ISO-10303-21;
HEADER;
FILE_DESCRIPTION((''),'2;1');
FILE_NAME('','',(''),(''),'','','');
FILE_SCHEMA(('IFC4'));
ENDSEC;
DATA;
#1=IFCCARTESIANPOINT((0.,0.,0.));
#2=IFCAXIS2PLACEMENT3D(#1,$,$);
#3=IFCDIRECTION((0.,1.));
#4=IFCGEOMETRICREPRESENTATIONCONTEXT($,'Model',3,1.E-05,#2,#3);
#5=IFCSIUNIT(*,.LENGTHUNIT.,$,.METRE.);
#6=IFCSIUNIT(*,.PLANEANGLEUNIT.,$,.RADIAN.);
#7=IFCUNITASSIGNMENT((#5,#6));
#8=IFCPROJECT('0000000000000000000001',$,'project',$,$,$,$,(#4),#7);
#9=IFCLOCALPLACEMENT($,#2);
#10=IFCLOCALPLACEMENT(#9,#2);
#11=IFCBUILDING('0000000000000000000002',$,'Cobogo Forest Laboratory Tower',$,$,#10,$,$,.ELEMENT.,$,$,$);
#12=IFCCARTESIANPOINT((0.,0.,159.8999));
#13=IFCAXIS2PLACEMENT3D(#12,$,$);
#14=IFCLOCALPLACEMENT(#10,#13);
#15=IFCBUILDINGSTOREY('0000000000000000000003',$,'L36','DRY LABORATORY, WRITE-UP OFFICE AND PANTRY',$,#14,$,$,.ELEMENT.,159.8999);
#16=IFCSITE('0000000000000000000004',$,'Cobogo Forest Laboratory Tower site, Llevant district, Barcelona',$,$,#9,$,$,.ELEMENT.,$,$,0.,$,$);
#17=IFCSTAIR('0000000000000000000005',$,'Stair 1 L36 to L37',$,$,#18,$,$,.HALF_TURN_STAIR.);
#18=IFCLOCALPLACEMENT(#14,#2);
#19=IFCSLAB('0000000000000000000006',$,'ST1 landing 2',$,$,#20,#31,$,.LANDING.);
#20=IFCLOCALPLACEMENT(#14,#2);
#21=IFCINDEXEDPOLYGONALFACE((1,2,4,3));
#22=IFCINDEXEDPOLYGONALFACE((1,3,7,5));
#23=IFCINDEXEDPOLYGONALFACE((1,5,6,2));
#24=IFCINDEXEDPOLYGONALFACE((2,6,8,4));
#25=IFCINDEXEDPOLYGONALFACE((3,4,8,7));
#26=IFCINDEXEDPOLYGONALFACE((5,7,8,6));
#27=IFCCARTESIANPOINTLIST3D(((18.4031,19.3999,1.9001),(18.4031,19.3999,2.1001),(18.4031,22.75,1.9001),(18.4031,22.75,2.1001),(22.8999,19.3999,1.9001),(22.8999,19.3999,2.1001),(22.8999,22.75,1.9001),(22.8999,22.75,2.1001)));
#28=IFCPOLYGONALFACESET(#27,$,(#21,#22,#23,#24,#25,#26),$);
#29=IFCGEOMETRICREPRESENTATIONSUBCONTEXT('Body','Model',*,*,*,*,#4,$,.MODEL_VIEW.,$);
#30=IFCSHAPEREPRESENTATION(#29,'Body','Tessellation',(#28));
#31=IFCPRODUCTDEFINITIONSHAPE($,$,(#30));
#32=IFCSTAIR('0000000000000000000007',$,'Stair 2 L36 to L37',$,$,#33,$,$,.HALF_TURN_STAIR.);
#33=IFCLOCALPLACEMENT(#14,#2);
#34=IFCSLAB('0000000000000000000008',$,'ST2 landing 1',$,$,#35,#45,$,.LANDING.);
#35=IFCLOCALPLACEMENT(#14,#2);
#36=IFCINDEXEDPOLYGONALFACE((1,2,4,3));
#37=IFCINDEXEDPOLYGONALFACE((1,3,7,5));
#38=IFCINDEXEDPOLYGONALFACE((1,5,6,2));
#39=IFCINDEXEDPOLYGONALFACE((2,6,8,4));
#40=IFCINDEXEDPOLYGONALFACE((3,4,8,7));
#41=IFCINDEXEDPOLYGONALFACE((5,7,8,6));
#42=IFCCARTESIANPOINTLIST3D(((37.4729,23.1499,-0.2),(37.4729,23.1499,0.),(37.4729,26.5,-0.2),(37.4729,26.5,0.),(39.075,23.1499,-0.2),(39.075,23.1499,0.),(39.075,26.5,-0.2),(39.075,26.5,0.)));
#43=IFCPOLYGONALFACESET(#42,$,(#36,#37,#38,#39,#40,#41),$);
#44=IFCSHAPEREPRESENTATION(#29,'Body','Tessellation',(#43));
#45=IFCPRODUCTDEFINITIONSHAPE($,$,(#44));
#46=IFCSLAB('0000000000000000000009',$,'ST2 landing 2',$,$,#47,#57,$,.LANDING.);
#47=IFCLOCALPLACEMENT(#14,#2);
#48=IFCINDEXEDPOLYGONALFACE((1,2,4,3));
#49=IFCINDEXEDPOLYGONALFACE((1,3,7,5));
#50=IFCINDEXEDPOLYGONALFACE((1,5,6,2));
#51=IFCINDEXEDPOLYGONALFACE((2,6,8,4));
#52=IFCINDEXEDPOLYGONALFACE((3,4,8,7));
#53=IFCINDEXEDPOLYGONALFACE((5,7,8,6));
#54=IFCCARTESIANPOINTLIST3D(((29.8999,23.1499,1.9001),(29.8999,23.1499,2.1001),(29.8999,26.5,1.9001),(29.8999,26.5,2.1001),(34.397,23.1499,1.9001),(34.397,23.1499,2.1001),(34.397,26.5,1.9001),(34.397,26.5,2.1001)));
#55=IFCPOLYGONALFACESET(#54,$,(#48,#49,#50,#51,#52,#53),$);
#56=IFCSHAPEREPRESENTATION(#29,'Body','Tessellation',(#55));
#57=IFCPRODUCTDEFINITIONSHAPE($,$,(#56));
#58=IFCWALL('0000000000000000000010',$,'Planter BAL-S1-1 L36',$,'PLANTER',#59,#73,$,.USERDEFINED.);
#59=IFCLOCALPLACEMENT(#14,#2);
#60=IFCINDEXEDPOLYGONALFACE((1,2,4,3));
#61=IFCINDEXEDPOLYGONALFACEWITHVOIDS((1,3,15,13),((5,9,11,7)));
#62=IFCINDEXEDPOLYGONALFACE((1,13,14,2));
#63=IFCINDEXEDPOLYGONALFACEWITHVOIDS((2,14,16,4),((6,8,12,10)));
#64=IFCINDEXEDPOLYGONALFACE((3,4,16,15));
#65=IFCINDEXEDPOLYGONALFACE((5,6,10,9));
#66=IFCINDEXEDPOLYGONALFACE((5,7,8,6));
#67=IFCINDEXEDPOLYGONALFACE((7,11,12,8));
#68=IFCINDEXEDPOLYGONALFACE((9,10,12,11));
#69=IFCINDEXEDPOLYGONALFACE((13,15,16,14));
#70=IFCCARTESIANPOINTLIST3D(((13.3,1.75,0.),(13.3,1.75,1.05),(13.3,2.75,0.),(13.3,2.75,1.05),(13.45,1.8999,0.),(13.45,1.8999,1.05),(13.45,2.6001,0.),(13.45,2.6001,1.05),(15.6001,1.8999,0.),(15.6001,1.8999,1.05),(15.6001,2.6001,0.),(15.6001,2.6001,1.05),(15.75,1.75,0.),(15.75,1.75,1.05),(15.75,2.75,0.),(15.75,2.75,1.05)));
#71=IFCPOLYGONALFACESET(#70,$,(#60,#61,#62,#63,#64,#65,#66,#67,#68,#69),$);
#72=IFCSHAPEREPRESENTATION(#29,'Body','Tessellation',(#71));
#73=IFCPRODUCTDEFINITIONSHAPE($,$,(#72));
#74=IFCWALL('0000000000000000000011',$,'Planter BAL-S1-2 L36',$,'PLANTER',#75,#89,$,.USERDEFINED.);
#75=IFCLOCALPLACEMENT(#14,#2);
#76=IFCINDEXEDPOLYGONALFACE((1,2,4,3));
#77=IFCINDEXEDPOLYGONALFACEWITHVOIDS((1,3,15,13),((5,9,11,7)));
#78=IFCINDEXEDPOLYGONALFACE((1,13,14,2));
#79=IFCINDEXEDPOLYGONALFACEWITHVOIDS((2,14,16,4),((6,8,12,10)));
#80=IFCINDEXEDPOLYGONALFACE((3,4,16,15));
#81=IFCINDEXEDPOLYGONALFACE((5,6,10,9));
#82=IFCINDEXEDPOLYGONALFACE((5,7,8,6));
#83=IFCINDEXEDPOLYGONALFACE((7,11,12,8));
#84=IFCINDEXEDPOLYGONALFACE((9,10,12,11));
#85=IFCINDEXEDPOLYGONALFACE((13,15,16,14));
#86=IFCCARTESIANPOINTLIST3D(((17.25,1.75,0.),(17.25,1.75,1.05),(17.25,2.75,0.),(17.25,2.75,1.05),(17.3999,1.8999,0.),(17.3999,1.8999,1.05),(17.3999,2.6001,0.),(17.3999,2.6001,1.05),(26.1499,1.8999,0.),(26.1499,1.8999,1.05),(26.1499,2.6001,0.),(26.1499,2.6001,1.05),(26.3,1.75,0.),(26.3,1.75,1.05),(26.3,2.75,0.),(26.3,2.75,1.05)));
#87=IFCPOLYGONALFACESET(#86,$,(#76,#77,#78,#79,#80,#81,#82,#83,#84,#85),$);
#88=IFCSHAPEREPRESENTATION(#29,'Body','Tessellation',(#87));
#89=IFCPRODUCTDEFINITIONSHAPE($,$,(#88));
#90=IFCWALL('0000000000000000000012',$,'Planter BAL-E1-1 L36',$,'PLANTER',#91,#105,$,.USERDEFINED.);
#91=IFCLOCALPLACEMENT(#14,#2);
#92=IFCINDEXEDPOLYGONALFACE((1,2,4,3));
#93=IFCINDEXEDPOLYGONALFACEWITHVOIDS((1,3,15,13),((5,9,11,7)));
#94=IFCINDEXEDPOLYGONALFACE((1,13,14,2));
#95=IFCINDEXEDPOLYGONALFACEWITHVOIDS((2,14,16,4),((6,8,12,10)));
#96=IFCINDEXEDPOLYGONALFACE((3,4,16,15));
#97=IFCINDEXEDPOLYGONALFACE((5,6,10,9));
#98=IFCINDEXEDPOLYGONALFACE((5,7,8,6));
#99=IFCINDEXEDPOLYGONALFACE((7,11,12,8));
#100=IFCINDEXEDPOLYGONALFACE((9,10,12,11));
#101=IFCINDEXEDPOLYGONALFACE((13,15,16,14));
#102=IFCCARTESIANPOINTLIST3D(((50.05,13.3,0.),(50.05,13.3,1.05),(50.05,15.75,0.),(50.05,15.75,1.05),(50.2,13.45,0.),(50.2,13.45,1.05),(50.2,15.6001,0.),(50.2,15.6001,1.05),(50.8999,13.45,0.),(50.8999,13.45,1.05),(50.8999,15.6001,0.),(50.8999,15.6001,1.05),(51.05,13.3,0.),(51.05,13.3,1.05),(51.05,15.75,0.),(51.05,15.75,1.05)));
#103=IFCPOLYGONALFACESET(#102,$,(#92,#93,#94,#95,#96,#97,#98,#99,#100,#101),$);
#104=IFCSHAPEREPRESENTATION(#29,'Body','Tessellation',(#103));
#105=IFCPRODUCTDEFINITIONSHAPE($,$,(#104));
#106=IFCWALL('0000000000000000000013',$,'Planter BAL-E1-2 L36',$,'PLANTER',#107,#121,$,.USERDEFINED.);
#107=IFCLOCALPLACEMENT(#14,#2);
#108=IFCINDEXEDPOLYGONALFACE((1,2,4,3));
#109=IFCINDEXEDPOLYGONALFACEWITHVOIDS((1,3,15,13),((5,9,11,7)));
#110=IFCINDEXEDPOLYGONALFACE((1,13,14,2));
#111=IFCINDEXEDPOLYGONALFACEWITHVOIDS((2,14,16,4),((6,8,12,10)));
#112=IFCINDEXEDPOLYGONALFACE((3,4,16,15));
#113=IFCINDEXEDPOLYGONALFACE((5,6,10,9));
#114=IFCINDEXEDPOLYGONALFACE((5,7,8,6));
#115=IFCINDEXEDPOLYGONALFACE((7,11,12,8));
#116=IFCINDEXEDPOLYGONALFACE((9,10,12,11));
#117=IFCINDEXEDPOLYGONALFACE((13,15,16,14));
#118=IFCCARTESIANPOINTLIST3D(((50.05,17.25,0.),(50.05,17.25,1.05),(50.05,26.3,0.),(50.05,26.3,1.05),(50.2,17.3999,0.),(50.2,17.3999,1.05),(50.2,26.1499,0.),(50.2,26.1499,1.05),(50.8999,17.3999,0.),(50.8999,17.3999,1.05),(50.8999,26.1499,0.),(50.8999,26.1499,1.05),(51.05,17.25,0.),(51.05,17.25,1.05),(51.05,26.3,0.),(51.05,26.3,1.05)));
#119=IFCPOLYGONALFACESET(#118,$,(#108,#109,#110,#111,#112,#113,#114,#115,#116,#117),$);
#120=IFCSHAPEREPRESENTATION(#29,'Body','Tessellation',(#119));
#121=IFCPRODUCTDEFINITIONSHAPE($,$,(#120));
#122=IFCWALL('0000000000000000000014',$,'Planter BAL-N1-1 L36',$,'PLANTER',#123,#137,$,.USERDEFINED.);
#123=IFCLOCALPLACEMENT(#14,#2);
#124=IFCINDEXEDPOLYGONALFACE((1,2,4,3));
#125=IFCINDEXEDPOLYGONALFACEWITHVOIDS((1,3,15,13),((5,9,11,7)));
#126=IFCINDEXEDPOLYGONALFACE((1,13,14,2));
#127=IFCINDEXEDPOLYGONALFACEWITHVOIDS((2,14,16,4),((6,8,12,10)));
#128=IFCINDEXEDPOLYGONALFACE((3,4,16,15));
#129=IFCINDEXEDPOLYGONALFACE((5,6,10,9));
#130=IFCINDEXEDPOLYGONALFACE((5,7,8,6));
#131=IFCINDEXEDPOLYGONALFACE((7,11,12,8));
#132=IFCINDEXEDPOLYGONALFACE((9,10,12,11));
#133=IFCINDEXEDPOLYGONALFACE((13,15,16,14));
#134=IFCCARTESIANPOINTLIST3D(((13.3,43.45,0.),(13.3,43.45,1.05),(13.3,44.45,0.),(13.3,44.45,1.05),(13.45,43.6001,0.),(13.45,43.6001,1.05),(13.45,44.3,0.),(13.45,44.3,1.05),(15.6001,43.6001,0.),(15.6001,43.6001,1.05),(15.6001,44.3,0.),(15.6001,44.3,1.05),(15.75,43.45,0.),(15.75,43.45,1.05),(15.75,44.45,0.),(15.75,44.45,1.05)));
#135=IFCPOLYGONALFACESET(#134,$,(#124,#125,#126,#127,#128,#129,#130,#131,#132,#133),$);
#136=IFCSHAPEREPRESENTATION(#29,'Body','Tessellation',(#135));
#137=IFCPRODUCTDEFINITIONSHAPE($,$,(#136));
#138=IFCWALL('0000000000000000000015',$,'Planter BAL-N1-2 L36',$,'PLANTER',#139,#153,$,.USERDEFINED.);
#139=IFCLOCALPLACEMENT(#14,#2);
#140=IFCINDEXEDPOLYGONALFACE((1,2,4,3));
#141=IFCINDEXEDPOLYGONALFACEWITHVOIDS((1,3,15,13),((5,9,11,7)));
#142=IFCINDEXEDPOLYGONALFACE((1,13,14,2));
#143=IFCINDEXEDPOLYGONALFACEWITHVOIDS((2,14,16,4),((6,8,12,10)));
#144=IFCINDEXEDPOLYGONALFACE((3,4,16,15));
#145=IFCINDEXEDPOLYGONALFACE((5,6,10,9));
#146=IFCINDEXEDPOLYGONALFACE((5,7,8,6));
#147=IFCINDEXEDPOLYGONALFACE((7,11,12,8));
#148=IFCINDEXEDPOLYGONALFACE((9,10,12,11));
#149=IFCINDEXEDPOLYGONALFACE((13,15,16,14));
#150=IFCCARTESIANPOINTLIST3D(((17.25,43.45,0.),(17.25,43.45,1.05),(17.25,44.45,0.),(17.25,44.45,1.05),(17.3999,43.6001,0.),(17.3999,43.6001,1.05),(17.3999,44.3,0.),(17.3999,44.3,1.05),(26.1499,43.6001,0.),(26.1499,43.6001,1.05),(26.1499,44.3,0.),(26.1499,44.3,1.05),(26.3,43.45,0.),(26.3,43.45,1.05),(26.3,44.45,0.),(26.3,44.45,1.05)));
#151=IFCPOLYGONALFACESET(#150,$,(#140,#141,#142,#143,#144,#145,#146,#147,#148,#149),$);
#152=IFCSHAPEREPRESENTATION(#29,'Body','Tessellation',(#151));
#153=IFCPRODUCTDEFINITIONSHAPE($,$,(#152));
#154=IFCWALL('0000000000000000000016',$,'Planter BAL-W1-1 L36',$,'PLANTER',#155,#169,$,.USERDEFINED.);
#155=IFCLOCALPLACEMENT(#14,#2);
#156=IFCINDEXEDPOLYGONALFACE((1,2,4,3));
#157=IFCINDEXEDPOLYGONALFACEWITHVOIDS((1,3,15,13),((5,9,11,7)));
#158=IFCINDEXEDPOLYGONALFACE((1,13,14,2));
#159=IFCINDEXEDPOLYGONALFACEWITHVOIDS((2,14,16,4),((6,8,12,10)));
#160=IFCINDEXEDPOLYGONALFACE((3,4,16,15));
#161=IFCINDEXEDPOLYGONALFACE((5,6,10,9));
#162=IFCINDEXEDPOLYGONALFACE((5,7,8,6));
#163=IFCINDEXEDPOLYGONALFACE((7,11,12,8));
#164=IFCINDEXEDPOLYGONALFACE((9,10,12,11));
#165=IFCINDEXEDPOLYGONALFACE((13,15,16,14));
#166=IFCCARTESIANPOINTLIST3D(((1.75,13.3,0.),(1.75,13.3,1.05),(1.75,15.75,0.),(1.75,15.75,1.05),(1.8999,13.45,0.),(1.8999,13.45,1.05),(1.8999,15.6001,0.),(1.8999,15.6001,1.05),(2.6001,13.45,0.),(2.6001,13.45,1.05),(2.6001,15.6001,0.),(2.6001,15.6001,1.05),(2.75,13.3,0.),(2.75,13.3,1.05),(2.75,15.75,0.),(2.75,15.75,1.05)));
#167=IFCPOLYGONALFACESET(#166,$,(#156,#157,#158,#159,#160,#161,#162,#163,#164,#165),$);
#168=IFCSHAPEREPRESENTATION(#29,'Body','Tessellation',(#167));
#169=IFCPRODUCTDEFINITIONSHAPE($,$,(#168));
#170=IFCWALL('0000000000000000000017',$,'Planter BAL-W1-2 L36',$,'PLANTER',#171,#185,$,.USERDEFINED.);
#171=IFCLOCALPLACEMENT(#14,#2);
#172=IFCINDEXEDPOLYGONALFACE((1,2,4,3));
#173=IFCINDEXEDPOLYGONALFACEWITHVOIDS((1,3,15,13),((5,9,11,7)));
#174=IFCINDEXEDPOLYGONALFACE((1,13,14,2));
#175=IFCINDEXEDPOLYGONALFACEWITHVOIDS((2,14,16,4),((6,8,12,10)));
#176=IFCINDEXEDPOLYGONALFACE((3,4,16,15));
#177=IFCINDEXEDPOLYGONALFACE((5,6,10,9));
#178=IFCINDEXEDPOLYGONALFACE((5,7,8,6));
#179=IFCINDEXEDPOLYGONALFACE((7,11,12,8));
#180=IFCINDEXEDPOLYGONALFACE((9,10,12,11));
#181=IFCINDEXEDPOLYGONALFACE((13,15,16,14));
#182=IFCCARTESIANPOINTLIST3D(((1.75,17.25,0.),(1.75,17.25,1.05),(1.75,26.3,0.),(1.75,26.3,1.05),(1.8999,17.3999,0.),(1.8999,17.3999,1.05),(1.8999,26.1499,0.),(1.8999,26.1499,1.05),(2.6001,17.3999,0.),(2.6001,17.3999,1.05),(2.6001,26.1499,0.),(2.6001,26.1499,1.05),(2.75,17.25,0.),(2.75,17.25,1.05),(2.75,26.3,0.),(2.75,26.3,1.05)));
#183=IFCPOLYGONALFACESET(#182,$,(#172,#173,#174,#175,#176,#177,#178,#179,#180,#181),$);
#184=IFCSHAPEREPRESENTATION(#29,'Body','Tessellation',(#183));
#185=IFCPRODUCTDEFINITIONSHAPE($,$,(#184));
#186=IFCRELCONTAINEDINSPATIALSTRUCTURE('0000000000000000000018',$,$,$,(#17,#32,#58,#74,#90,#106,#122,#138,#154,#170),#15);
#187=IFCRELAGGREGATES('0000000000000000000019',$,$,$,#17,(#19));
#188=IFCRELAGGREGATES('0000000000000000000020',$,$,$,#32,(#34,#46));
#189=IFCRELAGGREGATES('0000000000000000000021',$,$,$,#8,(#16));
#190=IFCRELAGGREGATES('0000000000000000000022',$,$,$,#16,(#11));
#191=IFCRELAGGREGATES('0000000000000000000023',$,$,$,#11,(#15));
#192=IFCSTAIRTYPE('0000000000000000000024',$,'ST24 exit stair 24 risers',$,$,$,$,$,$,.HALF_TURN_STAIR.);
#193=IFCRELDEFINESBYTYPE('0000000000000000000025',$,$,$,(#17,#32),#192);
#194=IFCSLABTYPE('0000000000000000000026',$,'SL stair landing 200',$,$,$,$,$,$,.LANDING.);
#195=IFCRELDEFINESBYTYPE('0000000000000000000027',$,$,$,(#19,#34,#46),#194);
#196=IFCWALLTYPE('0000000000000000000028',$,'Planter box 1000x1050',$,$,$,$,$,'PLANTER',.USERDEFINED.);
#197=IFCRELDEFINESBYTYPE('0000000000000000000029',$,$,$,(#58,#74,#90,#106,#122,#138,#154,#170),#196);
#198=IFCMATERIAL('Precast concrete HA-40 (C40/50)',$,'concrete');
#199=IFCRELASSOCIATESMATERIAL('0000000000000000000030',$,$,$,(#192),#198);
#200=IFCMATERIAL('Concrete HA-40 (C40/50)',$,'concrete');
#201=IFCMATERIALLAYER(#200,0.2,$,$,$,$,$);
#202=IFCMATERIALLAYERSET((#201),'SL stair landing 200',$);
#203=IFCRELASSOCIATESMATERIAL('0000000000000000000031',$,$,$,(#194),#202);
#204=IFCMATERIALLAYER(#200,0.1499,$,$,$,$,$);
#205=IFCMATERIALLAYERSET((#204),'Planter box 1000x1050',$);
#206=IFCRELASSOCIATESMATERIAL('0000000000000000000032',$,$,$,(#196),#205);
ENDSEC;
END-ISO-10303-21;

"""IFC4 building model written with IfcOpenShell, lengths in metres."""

from ifc_helpers import new_model, si_unit, direction, frame, origin, place, context, subcontext, project, spatial, polyline, outline, extrude, material, layer, layer_set, type_object, element, aggregate, save


model = new_model("IFC4")

# Units and contexts
model_context = context("Model", 3, precision=1e-05, world=origin(), true_north=direction((0.0, 1.0)))
body_context = subcontext(model_context, "Body", "Model", "MODEL_VIEW")
ifc_project = project(units=[si_unit("LENGTHUNIT", "METRE"), si_unit("PLANEANGLEUNIT", "RADIAN")], contexts=[model_context])

# Site, building, storey
site_placement = place(None, origin())
site = spatial("IfcSite", under=ifc_project, at=site_placement, Name="Cobogo Forest Laboratory Tower site, Llevant district, Barcelona", CompositionType="ELEMENT", RefElevation=0.0)
building_placement = place(site_placement, origin())
building = spatial("IfcBuilding", under=site, at=building_placement, Name="Cobogo Forest Laboratory Tower", CompositionType="ELEMENT")
storey_placement = place(building_placement, frame((0.0, 0.0, 159.8999)))
storey = spatial("IfcBuildingStorey", under=building, at=storey_placement, Name="L36", Description="DRY LABORATORY, WRITE-UP OFFICE AND PANTRY", CompositionType="ELEMENT", Elevation=159.8999)

# Shared definitions
ifc_material_1 = material(Name="Concrete HA-40 (C40/50)", Category="concrete")

# Stairs, slabs
ifc_material_2 = material(Name="Precast concrete HA-40 (C40/50)", Category="concrete")
stair_type = type_object("IfcStairType", Name="ST24 exit stair 24 risers", PredefinedType="HALF_TURN_STAIR", material=ifc_material_2)
stair_1_placement = place(storey_placement, origin())
stair_1 = element("IfcStair", 1, at=stair_1_placement, inside=storey, type_object=stair_type, Name="Stair 1 L36 to L37", PredefinedType="HALF_TURN_STAIR")
ifc_layer_1 = layer(ifc_material_1, 0.2)
ifc_layer_set_1 = layer_set([ifc_layer_1], Name="SL stair landing 200")
slab_type_1 = type_object("IfcSlabType", Name="SL stair landing 200", PredefinedType="LANDING", material=ifc_layer_set_1)
slab_1_placement = place(storey_placement, frame((0.0, 0.0, 1.9001)))
slab_1 = element("IfcSlab", 2, at=slab_1_placement, type_object=slab_type_1, Name="ST1 landing 2", PredefinedType="LANDING", context=body_context, shape_type="SweptSolid", body=[
    extrude(outline(polyline([(18.4031, 19.3999), (22.8999, 19.3999), (22.8999, 22.75), (18.4031, 22.75), (18.4031, 19.3999)])), origin(), (0.0, 0.0, 1.0), 0.2),
])
aggregate(stair_1, [slab_1])
stair_2_placement = place(storey_placement, origin())
stair_2 = element("IfcStair", 3, at=stair_2_placement, inside=storey, type_object=stair_type, Name="Stair 2 L36 to L37", PredefinedType="HALF_TURN_STAIR")
slab_2_placement = place(storey_placement, frame((0.0, 0.0, -0.2)))
slab_2 = element("IfcSlab", 4, at=slab_2_placement, type_object=slab_type_1, Name="ST2 landing 1", PredefinedType="LANDING", context=body_context, shape_type="SweptSolid", body=[
    extrude(outline(polyline([(37.4729, 23.1499), (39.075, 23.1499), (39.075, 26.5), (37.4729, 26.5), (37.4729, 23.1499)])), origin(), (0.0, 0.0, 1.0), 0.2),
])
slab_3_placement = place(storey_placement, frame((0.0, 0.0, 1.9001)))
slab_3 = element("IfcSlab", 5, at=slab_3_placement, type_object=slab_type_1, Name="ST2 landing 2", PredefinedType="LANDING", context=body_context, shape_type="SweptSolid", body=[
    extrude(outline(polyline([(29.8999, 23.1499), (34.397, 23.1499), (34.397, 26.5), (29.8999, 26.5), (29.8999, 23.1499)])), origin(), (0.0, 0.0, 1.0), 0.2),
])
aggregate(stair_2, [slab_2, slab_3])

# Walls
ifc_layer_2 = layer(ifc_material_1, 0.1499)
ifc_layer_set_2 = layer_set([ifc_layer_2], Name="Planter box 1000x1050")
wall_type = type_object("IfcWallType", Name="Planter box 1000x1050", ElementType="PLANTER", PredefinedType="USERDEFINED", material=ifc_layer_set_2)
wall_1_placement = place(storey_placement, origin())
element("IfcWall", 6, at=wall_1_placement, inside=storey, type_object=wall_type, Name="Planter BAL-S1-1 L36", ObjectType="PLANTER", PredefinedType="USERDEFINED", context=body_context, shape_type="SweptSolid", body=[
    extrude(outline(polyline([(13.3, 1.75), (15.75, 1.75), (15.75, 2.75), (13.3, 2.75), (13.3, 1.75)]), holes=[polyline([(13.45, 1.8999), (15.6001, 1.8999), (15.6001, 2.6001), (13.45, 2.6001), (13.45, 1.8999)])]), origin(), (0.0, 0.0, 1.0), 1.05),
])
wall_2_placement = place(storey_placement, origin())
element("IfcWall", 7, at=wall_2_placement, inside=storey, type_object=wall_type, Name="Planter BAL-S1-2 L36", ObjectType="PLANTER", PredefinedType="USERDEFINED", context=body_context, shape_type="SweptSolid", body=[
    extrude(outline(polyline([(17.25, 1.75), (26.3, 1.75), (26.3, 2.75), (17.25, 2.75), (17.25, 1.75)]), holes=[polyline([(17.3999, 1.8999), (26.1499, 1.8999), (26.1499, 2.6001), (17.3999, 2.6001), (17.3999, 1.8999)])]), origin(), (0.0, 0.0, 1.0), 1.05),
])
wall_3_placement = place(storey_placement, origin())
element("IfcWall", 8, at=wall_3_placement, inside=storey, type_object=wall_type, Name="Planter BAL-E1-1 L36", ObjectType="PLANTER", PredefinedType="USERDEFINED", context=body_context, shape_type="SweptSolid", body=[
    extrude(outline(polyline([(50.05, 13.3), (51.05, 13.3), (51.05, 15.75), (50.05, 15.75), (50.05, 13.3)]), holes=[polyline([(50.2, 13.45), (50.8999, 13.45), (50.8999, 15.6001), (50.2, 15.6001), (50.2, 13.45)])]), origin(), (0.0, 0.0, 1.0), 1.05),
])
wall_4_placement = place(storey_placement, origin())
element("IfcWall", 9, at=wall_4_placement, inside=storey, type_object=wall_type, Name="Planter BAL-E1-2 L36", ObjectType="PLANTER", PredefinedType="USERDEFINED", context=body_context, shape_type="SweptSolid", body=[
    extrude(outline(polyline([(50.05, 17.25), (51.05, 17.25), (51.05, 26.3), (50.05, 26.3), (50.05, 17.25)]), holes=[polyline([(50.2, 17.3999), (50.8999, 17.3999), (50.8999, 26.1499), (50.2, 26.1499), (50.2, 17.3999)])]), origin(), (0.0, 0.0, 1.0), 1.05),
])
wall_5_placement = place(storey_placement, origin())
element("IfcWall", 10, at=wall_5_placement, inside=storey, type_object=wall_type, Name="Planter BAL-N1-1 L36", ObjectType="PLANTER", PredefinedType="USERDEFINED", context=body_context, shape_type="SweptSolid", body=[
    extrude(outline(polyline([(13.3, 43.45), (15.75, 43.45), (15.75, 44.45), (13.3, 44.45), (13.3, 43.45)]), holes=[polyline([(13.45, 43.6001), (15.6001, 43.6001), (15.6001, 44.3), (13.45, 44.3), (13.45, 43.6001)])]), origin(), (0.0, 0.0, 1.0), 1.05),
])
wall_6_placement = place(storey_placement, origin())
element("IfcWall", 11, at=wall_6_placement, inside=storey, type_object=wall_type, Name="Planter BAL-N1-2 L36", ObjectType="PLANTER", PredefinedType="USERDEFINED", context=body_context, shape_type="SweptSolid", body=[
    extrude(outline(polyline([(17.25, 43.45), (26.3, 43.45), (26.3, 44.45), (17.25, 44.45), (17.25, 43.45)]), holes=[polyline([(17.3999, 43.6001), (26.1499, 43.6001), (26.1499, 44.3), (17.3999, 44.3), (17.3999, 43.6001)])]), origin(), (0.0, 0.0, 1.0), 1.05),
])
wall_7_placement = place(storey_placement, origin())
element("IfcWall", 12, at=wall_7_placement, inside=storey, type_object=wall_type, Name="Planter BAL-W1-1 L36", ObjectType="PLANTER", PredefinedType="USERDEFINED", context=body_context, shape_type="SweptSolid", body=[
    extrude(outline(polyline([(1.75, 13.3), (2.75, 13.3), (2.75, 15.75), (1.75, 15.75), (1.75, 13.3)]), holes=[polyline([(1.8999, 13.45), (2.6001, 13.45), (2.6001, 15.6001), (1.8999, 15.6001), (1.8999, 13.45)])]), origin(), (0.0, 0.0, 1.0), 1.05),
])
wall_8_placement = place(storey_placement, origin())
element("IfcWall", 13, at=wall_8_placement, inside=storey, type_object=wall_type, Name="Planter BAL-W1-2 L36", ObjectType="PLANTER", PredefinedType="USERDEFINED", context=body_context, shape_type="SweptSolid", body=[
    extrude(outline(polyline([(1.75, 17.25), (2.75, 17.25), (2.75, 26.3), (1.75, 26.3), (1.75, 17.25)]), holes=[polyline([(1.8999, 17.3999), (2.6001, 17.3999), (2.6001, 26.1499), (1.8999, 26.1499), (1.8999, 17.3999)])]), origin(), (0.0, 0.0, 1.0), 1.05),
])

save(model, "model.ifc")
